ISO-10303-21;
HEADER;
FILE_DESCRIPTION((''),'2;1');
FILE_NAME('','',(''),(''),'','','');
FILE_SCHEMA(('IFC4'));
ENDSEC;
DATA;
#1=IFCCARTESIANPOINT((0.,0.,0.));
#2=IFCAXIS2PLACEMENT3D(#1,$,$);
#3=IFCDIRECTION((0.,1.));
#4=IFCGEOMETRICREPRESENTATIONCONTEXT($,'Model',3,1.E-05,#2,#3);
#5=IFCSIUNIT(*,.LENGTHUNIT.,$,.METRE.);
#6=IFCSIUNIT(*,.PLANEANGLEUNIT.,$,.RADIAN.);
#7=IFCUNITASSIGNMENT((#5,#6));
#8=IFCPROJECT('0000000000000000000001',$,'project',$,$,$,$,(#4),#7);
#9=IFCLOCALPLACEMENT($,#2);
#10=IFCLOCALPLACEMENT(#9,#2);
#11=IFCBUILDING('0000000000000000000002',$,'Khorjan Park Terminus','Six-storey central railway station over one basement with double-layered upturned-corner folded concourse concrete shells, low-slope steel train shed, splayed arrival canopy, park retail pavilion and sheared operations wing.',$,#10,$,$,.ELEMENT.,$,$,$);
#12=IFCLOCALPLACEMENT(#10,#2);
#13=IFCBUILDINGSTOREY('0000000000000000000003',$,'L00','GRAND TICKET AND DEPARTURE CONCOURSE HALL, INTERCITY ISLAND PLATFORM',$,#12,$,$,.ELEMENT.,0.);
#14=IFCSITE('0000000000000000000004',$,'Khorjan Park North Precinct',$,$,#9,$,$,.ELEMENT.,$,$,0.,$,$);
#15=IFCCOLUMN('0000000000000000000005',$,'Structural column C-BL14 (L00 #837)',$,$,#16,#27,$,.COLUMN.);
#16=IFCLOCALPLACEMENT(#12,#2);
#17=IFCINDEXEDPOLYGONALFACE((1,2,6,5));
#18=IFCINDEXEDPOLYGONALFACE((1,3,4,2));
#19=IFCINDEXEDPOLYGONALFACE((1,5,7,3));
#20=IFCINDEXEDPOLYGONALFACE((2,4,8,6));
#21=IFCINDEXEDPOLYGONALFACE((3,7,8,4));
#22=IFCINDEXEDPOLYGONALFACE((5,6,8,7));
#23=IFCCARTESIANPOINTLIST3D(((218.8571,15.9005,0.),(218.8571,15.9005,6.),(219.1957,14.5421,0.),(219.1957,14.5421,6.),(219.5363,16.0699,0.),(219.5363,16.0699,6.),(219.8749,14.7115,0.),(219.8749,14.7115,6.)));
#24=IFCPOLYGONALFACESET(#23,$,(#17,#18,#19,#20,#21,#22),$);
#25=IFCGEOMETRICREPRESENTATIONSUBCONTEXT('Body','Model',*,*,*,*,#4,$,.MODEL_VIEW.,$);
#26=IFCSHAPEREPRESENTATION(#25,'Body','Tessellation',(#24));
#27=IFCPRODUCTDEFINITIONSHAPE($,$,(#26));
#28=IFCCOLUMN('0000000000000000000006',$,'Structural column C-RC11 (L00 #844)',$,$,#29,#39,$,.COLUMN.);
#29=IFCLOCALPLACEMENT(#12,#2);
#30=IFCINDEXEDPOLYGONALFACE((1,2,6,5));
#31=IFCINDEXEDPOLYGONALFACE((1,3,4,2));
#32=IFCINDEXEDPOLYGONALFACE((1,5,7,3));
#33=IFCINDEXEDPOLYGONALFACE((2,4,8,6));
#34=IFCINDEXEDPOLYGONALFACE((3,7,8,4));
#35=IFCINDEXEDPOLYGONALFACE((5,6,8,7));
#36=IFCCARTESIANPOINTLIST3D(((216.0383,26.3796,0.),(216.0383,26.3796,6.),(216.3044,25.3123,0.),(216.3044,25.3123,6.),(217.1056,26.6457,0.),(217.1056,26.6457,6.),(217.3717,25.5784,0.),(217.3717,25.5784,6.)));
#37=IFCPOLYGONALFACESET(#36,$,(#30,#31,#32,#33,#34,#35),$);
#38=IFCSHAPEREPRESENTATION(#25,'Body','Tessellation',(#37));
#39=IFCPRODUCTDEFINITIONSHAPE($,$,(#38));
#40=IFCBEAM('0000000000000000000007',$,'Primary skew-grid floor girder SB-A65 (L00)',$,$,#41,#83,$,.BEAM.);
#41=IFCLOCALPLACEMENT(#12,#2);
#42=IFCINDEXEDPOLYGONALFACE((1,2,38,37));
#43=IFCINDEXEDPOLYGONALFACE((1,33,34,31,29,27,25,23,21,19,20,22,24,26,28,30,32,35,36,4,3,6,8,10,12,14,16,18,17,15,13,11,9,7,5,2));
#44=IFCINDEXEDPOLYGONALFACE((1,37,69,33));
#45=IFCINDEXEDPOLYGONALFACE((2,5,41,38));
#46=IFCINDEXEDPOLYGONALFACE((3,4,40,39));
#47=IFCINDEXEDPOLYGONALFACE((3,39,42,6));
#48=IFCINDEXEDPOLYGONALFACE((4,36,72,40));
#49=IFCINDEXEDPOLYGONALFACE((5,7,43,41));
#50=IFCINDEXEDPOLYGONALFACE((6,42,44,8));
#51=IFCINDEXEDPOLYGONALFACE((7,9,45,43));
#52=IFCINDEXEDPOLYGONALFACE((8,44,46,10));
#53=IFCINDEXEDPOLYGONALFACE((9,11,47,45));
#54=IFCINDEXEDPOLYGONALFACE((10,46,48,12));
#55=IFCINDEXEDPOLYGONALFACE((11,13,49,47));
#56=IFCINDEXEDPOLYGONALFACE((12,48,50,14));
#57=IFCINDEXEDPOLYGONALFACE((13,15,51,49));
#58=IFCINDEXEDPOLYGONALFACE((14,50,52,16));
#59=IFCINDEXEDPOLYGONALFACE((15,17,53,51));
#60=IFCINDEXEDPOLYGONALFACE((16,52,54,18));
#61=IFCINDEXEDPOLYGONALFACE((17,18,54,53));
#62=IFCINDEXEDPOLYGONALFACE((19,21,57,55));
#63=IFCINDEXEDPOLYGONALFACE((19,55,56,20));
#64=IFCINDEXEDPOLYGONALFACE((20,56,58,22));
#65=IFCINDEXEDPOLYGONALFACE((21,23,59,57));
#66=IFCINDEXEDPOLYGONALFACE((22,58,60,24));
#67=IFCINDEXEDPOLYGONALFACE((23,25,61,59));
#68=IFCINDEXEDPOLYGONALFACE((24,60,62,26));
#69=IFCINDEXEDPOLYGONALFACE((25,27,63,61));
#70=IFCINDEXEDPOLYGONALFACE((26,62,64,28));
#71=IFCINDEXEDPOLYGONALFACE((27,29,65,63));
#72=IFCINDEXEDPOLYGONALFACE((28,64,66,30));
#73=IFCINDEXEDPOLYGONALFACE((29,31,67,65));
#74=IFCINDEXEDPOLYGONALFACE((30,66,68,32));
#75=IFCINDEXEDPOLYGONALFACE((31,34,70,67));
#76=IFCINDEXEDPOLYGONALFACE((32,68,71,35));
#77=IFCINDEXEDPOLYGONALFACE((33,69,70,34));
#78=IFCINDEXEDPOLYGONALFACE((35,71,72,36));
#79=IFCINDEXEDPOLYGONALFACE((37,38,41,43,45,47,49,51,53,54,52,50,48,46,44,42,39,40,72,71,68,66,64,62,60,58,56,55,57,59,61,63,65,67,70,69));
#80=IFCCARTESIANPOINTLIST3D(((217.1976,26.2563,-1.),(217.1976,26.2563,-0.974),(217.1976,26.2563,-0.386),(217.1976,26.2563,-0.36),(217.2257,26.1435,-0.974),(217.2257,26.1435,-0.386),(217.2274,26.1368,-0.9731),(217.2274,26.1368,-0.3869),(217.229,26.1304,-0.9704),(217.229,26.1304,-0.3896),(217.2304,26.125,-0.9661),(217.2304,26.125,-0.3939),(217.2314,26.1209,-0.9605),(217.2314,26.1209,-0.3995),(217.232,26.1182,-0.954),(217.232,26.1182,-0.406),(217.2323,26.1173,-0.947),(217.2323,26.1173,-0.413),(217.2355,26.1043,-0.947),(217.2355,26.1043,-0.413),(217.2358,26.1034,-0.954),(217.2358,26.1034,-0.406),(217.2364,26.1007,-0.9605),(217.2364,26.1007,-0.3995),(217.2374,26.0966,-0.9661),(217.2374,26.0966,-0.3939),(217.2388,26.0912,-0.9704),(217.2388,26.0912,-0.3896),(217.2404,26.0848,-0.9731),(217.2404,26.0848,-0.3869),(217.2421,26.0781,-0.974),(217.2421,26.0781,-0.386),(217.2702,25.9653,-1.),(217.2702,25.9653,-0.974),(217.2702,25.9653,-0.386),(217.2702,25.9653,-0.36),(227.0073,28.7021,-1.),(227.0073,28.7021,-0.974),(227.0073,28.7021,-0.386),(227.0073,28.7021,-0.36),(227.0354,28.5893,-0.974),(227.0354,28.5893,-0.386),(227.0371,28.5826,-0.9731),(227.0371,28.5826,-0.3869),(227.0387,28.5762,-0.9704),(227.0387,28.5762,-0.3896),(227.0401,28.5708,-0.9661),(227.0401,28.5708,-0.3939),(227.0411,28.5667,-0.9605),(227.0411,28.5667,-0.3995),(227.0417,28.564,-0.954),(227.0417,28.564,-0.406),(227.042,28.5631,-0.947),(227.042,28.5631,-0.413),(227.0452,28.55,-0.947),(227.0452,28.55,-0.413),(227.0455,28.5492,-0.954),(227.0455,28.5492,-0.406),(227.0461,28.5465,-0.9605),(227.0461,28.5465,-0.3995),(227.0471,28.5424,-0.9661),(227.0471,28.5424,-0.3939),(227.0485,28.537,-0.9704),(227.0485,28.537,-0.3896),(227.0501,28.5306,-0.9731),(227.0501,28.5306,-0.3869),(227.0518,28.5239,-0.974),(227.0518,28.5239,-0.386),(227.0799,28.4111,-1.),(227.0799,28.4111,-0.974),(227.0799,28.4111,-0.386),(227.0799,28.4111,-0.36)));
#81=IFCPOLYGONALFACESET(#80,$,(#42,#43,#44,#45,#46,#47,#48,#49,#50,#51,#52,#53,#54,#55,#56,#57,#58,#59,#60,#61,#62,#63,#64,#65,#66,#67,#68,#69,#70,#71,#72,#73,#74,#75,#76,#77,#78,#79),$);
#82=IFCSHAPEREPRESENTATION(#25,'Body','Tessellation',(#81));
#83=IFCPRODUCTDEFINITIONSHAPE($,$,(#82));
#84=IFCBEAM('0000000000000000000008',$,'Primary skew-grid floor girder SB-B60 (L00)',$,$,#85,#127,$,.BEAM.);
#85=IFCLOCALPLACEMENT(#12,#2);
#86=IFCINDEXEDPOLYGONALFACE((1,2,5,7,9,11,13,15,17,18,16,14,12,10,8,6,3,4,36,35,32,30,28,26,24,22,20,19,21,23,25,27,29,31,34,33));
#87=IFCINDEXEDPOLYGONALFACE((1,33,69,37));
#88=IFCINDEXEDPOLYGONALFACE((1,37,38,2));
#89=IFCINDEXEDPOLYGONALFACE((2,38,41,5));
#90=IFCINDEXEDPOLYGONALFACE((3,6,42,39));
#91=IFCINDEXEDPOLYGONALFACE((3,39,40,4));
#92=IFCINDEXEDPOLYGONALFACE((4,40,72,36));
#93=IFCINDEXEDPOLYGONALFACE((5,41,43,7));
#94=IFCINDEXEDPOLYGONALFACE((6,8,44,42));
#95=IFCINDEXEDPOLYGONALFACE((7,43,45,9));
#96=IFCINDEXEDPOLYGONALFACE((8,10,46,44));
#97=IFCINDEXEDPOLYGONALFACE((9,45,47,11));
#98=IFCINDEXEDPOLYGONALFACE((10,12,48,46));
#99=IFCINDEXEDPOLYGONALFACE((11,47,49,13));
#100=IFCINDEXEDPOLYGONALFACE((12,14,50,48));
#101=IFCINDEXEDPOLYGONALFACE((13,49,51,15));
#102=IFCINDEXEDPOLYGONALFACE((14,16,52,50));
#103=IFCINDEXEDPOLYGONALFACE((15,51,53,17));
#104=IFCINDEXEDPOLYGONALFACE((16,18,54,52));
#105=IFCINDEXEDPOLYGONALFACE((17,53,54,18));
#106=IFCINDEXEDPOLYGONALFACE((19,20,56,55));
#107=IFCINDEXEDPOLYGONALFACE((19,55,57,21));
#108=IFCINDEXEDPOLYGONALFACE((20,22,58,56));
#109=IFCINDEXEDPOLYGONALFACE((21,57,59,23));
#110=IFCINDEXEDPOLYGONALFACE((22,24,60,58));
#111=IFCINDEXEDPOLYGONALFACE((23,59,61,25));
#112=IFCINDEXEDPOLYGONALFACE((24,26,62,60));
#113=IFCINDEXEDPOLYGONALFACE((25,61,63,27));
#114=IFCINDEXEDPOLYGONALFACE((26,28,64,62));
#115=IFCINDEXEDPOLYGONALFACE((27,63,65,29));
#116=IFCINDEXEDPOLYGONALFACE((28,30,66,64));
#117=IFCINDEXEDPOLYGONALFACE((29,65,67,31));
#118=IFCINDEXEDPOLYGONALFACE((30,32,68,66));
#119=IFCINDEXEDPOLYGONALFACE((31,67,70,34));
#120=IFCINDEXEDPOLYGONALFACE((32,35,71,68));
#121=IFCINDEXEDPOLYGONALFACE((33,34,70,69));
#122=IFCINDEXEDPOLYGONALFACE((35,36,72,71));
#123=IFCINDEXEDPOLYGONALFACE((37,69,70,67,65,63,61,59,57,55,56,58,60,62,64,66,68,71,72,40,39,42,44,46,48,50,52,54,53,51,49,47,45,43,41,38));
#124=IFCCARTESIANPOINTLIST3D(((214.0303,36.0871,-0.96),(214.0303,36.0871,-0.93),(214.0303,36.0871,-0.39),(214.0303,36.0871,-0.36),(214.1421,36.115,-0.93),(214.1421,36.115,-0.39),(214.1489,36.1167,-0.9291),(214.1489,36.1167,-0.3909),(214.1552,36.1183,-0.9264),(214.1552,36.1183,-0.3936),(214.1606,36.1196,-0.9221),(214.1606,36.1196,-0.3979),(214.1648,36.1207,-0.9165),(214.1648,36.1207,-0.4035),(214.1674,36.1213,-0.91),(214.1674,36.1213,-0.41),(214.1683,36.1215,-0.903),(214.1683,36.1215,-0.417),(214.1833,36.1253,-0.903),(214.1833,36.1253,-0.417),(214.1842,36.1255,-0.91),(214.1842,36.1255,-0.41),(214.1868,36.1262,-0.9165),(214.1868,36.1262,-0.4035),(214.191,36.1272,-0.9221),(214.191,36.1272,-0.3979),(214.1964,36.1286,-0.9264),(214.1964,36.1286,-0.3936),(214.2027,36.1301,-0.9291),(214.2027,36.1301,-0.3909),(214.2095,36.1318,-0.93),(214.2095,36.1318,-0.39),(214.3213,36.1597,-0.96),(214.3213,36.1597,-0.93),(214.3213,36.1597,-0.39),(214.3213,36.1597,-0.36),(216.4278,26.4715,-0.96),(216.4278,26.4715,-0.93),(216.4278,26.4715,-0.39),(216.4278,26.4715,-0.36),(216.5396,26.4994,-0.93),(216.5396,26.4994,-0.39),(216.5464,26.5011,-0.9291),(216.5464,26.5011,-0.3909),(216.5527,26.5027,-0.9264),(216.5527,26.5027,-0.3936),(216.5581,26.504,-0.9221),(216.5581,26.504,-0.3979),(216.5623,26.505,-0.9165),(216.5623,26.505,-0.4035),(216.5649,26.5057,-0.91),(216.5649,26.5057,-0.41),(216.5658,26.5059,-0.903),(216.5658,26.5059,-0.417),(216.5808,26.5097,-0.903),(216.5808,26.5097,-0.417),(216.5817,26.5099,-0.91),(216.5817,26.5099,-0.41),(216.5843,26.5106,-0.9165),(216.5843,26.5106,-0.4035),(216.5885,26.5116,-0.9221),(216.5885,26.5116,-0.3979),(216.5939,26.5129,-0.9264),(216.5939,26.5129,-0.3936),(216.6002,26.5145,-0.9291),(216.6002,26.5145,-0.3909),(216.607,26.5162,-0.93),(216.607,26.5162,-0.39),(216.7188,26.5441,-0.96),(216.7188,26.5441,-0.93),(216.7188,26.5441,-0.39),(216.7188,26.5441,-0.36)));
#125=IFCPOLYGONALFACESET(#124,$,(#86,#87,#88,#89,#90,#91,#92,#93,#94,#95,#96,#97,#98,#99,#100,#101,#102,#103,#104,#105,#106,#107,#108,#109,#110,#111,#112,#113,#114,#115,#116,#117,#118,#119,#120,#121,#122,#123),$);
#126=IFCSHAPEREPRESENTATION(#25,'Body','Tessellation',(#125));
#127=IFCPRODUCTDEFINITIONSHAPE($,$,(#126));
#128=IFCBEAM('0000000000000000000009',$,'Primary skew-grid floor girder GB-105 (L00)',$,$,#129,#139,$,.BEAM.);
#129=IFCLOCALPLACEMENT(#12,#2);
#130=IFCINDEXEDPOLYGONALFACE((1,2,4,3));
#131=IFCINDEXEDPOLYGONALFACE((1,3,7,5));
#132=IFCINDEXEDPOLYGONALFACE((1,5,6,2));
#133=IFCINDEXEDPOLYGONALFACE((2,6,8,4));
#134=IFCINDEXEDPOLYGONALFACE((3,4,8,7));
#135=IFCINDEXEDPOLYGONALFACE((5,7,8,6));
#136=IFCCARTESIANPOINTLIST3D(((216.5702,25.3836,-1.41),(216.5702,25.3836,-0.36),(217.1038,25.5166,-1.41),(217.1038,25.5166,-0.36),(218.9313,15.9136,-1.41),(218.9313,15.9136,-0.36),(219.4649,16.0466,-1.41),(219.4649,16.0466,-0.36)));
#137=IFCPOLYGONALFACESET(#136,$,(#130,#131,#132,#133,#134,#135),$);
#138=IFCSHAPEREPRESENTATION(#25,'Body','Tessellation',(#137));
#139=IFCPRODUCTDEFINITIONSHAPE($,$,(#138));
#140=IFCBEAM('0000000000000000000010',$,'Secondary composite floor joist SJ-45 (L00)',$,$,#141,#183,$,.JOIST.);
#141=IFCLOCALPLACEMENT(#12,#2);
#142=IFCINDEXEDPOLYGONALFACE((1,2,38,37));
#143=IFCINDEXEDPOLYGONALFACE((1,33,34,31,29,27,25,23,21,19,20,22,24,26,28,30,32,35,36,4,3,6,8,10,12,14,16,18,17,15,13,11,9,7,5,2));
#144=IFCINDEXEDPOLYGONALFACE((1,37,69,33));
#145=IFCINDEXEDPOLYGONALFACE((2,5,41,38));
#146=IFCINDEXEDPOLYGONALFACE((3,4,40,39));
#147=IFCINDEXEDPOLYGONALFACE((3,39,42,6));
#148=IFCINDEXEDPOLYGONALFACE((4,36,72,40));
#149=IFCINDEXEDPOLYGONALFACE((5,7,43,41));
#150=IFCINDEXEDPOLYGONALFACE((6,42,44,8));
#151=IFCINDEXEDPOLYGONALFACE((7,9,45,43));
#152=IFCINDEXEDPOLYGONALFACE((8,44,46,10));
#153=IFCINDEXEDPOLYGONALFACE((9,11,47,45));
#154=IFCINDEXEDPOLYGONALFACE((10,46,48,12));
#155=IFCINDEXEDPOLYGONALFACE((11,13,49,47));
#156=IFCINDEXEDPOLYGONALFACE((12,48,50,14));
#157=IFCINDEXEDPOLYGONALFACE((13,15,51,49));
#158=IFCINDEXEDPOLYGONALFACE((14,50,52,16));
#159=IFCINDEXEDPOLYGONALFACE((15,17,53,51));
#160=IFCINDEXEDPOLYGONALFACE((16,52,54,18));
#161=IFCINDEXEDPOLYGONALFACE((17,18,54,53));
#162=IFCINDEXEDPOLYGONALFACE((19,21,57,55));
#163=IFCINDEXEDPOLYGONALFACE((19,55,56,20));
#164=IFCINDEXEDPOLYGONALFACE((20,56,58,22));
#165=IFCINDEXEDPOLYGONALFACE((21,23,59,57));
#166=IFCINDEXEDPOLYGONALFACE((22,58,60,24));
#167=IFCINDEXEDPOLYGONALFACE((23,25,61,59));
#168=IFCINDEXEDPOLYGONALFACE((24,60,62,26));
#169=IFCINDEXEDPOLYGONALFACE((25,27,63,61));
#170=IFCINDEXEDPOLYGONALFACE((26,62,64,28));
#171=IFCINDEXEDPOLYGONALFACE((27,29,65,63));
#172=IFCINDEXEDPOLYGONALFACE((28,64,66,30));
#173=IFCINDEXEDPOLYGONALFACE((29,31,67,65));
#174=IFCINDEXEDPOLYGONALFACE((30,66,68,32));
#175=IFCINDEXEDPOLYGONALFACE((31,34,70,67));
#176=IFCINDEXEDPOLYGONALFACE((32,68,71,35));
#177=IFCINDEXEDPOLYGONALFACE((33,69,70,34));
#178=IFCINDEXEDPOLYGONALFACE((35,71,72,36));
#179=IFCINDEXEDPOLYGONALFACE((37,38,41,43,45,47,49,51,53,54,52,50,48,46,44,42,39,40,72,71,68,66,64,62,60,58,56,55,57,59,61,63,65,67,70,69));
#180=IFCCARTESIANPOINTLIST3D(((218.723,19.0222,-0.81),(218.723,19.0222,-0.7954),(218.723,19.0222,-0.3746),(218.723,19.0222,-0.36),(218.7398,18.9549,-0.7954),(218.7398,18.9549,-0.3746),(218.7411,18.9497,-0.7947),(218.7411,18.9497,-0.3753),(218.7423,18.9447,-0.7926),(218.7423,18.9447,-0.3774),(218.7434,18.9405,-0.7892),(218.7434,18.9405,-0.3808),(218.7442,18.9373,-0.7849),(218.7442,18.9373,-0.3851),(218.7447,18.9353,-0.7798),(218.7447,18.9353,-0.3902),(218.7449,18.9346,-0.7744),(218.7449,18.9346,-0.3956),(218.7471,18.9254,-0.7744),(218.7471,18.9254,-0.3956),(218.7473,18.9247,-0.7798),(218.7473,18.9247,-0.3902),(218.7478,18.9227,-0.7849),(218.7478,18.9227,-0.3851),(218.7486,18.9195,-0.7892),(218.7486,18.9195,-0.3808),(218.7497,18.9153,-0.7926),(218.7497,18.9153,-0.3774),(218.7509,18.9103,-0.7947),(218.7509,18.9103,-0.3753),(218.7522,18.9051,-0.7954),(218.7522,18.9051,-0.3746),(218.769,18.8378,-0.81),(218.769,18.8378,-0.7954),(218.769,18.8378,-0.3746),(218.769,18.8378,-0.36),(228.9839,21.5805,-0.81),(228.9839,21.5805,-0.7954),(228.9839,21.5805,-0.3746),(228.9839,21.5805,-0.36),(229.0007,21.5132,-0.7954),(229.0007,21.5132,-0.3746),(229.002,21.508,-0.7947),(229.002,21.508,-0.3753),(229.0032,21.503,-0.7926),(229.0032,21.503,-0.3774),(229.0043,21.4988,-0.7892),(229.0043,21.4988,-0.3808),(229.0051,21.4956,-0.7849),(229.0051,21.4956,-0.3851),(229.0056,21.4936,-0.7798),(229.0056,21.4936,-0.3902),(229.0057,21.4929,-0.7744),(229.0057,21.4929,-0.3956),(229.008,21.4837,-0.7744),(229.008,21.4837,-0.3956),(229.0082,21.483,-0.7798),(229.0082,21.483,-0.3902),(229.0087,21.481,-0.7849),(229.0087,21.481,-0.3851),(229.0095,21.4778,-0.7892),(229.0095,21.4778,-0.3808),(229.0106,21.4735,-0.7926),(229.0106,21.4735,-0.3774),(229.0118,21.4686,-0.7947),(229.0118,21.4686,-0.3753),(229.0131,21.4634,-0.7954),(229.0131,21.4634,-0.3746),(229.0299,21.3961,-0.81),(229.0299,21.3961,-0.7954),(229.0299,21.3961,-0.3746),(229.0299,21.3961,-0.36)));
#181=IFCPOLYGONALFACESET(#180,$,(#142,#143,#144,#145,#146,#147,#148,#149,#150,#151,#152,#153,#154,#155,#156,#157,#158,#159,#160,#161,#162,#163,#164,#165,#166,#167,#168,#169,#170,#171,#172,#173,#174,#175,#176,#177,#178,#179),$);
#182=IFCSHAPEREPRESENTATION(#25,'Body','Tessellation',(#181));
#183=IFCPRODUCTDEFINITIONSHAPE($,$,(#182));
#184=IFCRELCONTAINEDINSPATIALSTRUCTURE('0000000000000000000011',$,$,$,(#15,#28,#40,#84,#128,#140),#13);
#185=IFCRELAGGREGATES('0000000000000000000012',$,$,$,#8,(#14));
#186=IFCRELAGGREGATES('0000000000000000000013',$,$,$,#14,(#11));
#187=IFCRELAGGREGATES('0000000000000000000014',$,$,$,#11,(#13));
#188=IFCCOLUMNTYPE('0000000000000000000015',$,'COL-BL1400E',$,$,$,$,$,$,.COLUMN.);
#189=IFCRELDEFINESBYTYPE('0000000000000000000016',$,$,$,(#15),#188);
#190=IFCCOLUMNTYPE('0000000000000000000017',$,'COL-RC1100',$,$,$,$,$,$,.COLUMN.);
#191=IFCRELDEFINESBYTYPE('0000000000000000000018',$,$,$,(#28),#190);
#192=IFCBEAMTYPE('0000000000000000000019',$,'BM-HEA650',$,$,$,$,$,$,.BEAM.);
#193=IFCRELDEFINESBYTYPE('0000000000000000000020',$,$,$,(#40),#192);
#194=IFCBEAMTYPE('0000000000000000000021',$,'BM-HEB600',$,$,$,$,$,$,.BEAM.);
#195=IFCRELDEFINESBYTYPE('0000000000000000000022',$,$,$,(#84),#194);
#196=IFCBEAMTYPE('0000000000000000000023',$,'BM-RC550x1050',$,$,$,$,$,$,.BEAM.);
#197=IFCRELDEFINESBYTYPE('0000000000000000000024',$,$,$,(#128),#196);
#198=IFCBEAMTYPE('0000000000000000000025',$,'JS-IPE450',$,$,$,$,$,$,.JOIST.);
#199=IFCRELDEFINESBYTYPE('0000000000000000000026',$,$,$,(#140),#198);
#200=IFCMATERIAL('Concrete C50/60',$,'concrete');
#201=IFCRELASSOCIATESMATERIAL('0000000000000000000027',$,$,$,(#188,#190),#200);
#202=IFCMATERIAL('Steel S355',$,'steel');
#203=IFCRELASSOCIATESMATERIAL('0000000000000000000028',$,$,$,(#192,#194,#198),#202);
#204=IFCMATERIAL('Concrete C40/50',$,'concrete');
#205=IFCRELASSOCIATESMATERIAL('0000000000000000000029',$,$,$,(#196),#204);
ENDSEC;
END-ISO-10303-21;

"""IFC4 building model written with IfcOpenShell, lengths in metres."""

from ifc_helpers import new_model, si_unit, direction, frame, origin, origin_2d, place, context, subcontext, project, spatial, rectangle, i_section, extrude, material, material_profile, profile_set, type_object, element, save


model = new_model("IFC4")

# Units and contexts
model_context = context("Model", 3, precision=1e-05, world=origin(), true_north=direction((0.0, 1.0)))
body_context = subcontext(model_context, "Body", "Model", "MODEL_VIEW")
ifc_project = project(units=[si_unit("LENGTHUNIT", "METRE"), si_unit("PLANEANGLEUNIT", "RADIAN")], contexts=[model_context])

# Site, building, storey
site_placement = place(None, origin())
site = spatial("IfcSite", under=ifc_project, at=site_placement, Name="Khorjan Park North Precinct", CompositionType="ELEMENT", RefElevation=0.0)
building_placement = place(site_placement, origin())
building = spatial("IfcBuilding", under=site, at=building_placement, Name="Khorjan Park Terminus", Description="Six-storey central railway station over one basement with double-layered upturned-corner folded concourse concrete shells, low-slope steel train shed, splayed arrival canopy, park retail pavilion and sheared operations wing.", CompositionType="ELEMENT")
storey_placement = place(building_placement, origin())
storey = spatial("IfcBuildingStorey", under=building, at=storey_placement, Name="L00", Description="GRAND TICKET AND DEPARTURE CONCOURSE HALL, INTERCITY ISLAND PLATFORM", CompositionType="ELEMENT", Elevation=0.0)

# Columns
ifc_material_1 = material(Name="Concrete C50/60", Category="concrete")
ifc_material_profile_1 = material_profile(ifc_material_1, rectangle(XDim=0.7, YDim=1.4, at=origin_2d()), Name="RC 700x1400")
ifc_profile_set_1 = profile_set([ifc_material_profile_1], Name="Concrete C50/60")
column_type_1 = type_object("IfcColumnType", Name="COL-BL1400E", PredefinedType="COLUMN", material=ifc_profile_set_1)
column_1_placement = place(storey_placement, frame((219.366, 15.306, 0.0), z_axis=(0.0, 0.0, 1.0), x_axis=(0.970296, 0.241922, 0.0)))
element("IfcColumn", 1, at=column_1_placement, inside=storey, type_object=column_type_1, Name="Structural column C-BL14 (L00 #837)", PredefinedType="COLUMN", context=body_context, shape_type="SweptSolid", body=[
    extrude(rectangle(XDim=0.7, YDim=1.4, at=origin_2d()), origin(), (0.0, 0.0, 1.0), 6.0),
])
ifc_material_profile_2 = material_profile(ifc_material_1, rectangle(XDim=1.1, YDim=1.1, at=origin_2d()), Name="RC 1100x1100")
ifc_profile_set_2 = profile_set([ifc_material_profile_2], Name="Concrete C50/60")
column_type_2 = type_object("IfcColumnType", Name="COL-RC1100", PredefinedType="COLUMN", material=ifc_profile_set_2)
column_2_placement = place(storey_placement, frame((216.705, 25.979, 0.0), z_axis=(0.0, 0.0, 1.0), x_axis=(0.970296, 0.241922, 0.0)))
element("IfcColumn", 2, at=column_2_placement, inside=storey, type_object=column_type_2, Name="Structural column C-RC11 (L00 #844)", PredefinedType="COLUMN", context=body_context, shape_type="SweptSolid", body=[
    extrude(rectangle(XDim=1.1, YDim=1.1, at=origin_2d()), origin(), (0.0, 0.0, 1.0), 6.0),
])

# Beams
ifc_material_2 = material(Name="Steel S355", Category="steel")
ifc_material_profile_3 = material_profile(ifc_material_2, i_section(OverallWidth=0.3, OverallDepth=0.64, WebThickness=0.0135, FlangeThickness=0.026, FilletRadius=0.027, at=origin_2d()), Name="HEA 650")
ifc_profile_set_3 = profile_set([ifc_material_profile_3], Name="Steel S355")
beam_type_1 = type_object("IfcBeamType", Name="BM-HEA650", PredefinedType="BEAM", material=ifc_profile_set_3)
beam_1_placement = place(storey_placement, frame((217.2339, 26.1108, -0.68), z_axis=(0.970296, 0.241919, 0.0), x_axis=(-0.241919, 0.970296, 0.0)))
element("IfcBeam", 3, at=beam_1_placement, inside=storey, type_object=beam_type_1, Name="Primary skew-grid floor girder SB-A65 (L00)", PredefinedType="BEAM", context=body_context, shape_type="SweptSolid", body=[
    extrude(i_section(OverallWidth=0.3, OverallDepth=0.64, WebThickness=0.0135, FlangeThickness=0.026, FilletRadius=0.027, at=origin_2d()), origin(), (0.0, 0.0, 1.0), 10.11),
])
ifc_material_profile_4 = material_profile(ifc_material_2, i_section(OverallWidth=0.3, OverallDepth=0.6, WebThickness=0.0155, FlangeThickness=0.03, FilletRadius=0.027, at=origin_2d()), Name="HEB 600")
ifc_profile_set_4 = profile_set([ifc_material_profile_4], Name="Steel S355")
beam_type_2 = type_object("IfcBeamType", Name="BM-HEB600", PredefinedType="BEAM", material=ifc_profile_set_4)
beam_2_placement = place(storey_placement, frame((216.5733, 26.5078, -0.66), z_axis=(-0.241928, 0.970294, 0.0), x_axis=(-0.970294, -0.241928, 0.0)))
element("IfcBeam", 4, at=beam_2_placement, inside=storey, type_object=beam_type_2, Name="Primary skew-grid floor girder SB-B60 (L00)", PredefinedType="BEAM", context=body_context, shape_type="SweptSolid", body=[
    extrude(i_section(OverallWidth=0.3, OverallDepth=0.6, WebThickness=0.0155, FlangeThickness=0.03, FilletRadius=0.027, at=origin_2d()), origin(), (0.0, 0.0, 1.0), 9.91),
])
ifc_material_3 = material(Name="Concrete C40/50", Category="concrete")
ifc_material_profile_5 = material_profile(ifc_material_3, rectangle(XDim=0.55, YDim=1.05, at=origin_2d()), Name="RC 550x1050")
ifc_profile_set_5 = profile_set([ifc_material_profile_5], Name="Concrete C40/50")
beam_type_3 = type_object("IfcBeamType", Name="BM-RC550x1050", PredefinedType="BEAM", material=ifc_profile_set_5)
beam_3_placement = place(storey_placement, frame((219.1981, 15.9801, -0.885), z_axis=(-0.241918, 0.970297, 0.0), x_axis=(-0.970297, -0.241918, 0.0)))
element("IfcBeam", 5, at=beam_3_placement, inside=storey, type_object=beam_type_3, Name="Primary skew-grid floor girder GB-105 (L00)", PredefinedType="BEAM", context=body_context, shape_type="SweptSolid", body=[
    extrude(rectangle(XDim=0.55, YDim=1.05, at=origin_2d()), origin(), (0.0, 0.0, 1.0), 9.7599),
])
ifc_material_profile_6 = material_profile(ifc_material_2, i_section(OverallWidth=0.19, OverallDepth=0.45, WebThickness=0.0094, FlangeThickness=0.0146, FilletRadius=0.021, at=origin_2d()), Name="IPE 450")
ifc_profile_set_6 = profile_set([ifc_material_profile_6], Name="Steel S355")
beam_type_4 = type_object("IfcBeamType", Name="JS-IPE450", PredefinedType="JOIST", material=ifc_profile_set_6)
beam_4_placement = place(storey_placement, frame((218.746, 18.93, -0.585), z_axis=(0.970296, 0.241919, 0.0), x_axis=(-0.241919, 0.970296, 0.0)))
element("IfcBeam", 6, at=beam_4_placement, inside=storey, type_object=beam_type_4, Name="Secondary composite floor joist SJ-45 (L00)", PredefinedType="JOIST", context=body_context, shape_type="SweptSolid", body=[
    extrude(i_section(OverallWidth=0.19, OverallDepth=0.45, WebThickness=0.0094, FlangeThickness=0.0146, FilletRadius=0.021, at=origin_2d()), origin(), (0.0, 0.0, 1.0), 10.575),
])

save(model, "model.ifc")
